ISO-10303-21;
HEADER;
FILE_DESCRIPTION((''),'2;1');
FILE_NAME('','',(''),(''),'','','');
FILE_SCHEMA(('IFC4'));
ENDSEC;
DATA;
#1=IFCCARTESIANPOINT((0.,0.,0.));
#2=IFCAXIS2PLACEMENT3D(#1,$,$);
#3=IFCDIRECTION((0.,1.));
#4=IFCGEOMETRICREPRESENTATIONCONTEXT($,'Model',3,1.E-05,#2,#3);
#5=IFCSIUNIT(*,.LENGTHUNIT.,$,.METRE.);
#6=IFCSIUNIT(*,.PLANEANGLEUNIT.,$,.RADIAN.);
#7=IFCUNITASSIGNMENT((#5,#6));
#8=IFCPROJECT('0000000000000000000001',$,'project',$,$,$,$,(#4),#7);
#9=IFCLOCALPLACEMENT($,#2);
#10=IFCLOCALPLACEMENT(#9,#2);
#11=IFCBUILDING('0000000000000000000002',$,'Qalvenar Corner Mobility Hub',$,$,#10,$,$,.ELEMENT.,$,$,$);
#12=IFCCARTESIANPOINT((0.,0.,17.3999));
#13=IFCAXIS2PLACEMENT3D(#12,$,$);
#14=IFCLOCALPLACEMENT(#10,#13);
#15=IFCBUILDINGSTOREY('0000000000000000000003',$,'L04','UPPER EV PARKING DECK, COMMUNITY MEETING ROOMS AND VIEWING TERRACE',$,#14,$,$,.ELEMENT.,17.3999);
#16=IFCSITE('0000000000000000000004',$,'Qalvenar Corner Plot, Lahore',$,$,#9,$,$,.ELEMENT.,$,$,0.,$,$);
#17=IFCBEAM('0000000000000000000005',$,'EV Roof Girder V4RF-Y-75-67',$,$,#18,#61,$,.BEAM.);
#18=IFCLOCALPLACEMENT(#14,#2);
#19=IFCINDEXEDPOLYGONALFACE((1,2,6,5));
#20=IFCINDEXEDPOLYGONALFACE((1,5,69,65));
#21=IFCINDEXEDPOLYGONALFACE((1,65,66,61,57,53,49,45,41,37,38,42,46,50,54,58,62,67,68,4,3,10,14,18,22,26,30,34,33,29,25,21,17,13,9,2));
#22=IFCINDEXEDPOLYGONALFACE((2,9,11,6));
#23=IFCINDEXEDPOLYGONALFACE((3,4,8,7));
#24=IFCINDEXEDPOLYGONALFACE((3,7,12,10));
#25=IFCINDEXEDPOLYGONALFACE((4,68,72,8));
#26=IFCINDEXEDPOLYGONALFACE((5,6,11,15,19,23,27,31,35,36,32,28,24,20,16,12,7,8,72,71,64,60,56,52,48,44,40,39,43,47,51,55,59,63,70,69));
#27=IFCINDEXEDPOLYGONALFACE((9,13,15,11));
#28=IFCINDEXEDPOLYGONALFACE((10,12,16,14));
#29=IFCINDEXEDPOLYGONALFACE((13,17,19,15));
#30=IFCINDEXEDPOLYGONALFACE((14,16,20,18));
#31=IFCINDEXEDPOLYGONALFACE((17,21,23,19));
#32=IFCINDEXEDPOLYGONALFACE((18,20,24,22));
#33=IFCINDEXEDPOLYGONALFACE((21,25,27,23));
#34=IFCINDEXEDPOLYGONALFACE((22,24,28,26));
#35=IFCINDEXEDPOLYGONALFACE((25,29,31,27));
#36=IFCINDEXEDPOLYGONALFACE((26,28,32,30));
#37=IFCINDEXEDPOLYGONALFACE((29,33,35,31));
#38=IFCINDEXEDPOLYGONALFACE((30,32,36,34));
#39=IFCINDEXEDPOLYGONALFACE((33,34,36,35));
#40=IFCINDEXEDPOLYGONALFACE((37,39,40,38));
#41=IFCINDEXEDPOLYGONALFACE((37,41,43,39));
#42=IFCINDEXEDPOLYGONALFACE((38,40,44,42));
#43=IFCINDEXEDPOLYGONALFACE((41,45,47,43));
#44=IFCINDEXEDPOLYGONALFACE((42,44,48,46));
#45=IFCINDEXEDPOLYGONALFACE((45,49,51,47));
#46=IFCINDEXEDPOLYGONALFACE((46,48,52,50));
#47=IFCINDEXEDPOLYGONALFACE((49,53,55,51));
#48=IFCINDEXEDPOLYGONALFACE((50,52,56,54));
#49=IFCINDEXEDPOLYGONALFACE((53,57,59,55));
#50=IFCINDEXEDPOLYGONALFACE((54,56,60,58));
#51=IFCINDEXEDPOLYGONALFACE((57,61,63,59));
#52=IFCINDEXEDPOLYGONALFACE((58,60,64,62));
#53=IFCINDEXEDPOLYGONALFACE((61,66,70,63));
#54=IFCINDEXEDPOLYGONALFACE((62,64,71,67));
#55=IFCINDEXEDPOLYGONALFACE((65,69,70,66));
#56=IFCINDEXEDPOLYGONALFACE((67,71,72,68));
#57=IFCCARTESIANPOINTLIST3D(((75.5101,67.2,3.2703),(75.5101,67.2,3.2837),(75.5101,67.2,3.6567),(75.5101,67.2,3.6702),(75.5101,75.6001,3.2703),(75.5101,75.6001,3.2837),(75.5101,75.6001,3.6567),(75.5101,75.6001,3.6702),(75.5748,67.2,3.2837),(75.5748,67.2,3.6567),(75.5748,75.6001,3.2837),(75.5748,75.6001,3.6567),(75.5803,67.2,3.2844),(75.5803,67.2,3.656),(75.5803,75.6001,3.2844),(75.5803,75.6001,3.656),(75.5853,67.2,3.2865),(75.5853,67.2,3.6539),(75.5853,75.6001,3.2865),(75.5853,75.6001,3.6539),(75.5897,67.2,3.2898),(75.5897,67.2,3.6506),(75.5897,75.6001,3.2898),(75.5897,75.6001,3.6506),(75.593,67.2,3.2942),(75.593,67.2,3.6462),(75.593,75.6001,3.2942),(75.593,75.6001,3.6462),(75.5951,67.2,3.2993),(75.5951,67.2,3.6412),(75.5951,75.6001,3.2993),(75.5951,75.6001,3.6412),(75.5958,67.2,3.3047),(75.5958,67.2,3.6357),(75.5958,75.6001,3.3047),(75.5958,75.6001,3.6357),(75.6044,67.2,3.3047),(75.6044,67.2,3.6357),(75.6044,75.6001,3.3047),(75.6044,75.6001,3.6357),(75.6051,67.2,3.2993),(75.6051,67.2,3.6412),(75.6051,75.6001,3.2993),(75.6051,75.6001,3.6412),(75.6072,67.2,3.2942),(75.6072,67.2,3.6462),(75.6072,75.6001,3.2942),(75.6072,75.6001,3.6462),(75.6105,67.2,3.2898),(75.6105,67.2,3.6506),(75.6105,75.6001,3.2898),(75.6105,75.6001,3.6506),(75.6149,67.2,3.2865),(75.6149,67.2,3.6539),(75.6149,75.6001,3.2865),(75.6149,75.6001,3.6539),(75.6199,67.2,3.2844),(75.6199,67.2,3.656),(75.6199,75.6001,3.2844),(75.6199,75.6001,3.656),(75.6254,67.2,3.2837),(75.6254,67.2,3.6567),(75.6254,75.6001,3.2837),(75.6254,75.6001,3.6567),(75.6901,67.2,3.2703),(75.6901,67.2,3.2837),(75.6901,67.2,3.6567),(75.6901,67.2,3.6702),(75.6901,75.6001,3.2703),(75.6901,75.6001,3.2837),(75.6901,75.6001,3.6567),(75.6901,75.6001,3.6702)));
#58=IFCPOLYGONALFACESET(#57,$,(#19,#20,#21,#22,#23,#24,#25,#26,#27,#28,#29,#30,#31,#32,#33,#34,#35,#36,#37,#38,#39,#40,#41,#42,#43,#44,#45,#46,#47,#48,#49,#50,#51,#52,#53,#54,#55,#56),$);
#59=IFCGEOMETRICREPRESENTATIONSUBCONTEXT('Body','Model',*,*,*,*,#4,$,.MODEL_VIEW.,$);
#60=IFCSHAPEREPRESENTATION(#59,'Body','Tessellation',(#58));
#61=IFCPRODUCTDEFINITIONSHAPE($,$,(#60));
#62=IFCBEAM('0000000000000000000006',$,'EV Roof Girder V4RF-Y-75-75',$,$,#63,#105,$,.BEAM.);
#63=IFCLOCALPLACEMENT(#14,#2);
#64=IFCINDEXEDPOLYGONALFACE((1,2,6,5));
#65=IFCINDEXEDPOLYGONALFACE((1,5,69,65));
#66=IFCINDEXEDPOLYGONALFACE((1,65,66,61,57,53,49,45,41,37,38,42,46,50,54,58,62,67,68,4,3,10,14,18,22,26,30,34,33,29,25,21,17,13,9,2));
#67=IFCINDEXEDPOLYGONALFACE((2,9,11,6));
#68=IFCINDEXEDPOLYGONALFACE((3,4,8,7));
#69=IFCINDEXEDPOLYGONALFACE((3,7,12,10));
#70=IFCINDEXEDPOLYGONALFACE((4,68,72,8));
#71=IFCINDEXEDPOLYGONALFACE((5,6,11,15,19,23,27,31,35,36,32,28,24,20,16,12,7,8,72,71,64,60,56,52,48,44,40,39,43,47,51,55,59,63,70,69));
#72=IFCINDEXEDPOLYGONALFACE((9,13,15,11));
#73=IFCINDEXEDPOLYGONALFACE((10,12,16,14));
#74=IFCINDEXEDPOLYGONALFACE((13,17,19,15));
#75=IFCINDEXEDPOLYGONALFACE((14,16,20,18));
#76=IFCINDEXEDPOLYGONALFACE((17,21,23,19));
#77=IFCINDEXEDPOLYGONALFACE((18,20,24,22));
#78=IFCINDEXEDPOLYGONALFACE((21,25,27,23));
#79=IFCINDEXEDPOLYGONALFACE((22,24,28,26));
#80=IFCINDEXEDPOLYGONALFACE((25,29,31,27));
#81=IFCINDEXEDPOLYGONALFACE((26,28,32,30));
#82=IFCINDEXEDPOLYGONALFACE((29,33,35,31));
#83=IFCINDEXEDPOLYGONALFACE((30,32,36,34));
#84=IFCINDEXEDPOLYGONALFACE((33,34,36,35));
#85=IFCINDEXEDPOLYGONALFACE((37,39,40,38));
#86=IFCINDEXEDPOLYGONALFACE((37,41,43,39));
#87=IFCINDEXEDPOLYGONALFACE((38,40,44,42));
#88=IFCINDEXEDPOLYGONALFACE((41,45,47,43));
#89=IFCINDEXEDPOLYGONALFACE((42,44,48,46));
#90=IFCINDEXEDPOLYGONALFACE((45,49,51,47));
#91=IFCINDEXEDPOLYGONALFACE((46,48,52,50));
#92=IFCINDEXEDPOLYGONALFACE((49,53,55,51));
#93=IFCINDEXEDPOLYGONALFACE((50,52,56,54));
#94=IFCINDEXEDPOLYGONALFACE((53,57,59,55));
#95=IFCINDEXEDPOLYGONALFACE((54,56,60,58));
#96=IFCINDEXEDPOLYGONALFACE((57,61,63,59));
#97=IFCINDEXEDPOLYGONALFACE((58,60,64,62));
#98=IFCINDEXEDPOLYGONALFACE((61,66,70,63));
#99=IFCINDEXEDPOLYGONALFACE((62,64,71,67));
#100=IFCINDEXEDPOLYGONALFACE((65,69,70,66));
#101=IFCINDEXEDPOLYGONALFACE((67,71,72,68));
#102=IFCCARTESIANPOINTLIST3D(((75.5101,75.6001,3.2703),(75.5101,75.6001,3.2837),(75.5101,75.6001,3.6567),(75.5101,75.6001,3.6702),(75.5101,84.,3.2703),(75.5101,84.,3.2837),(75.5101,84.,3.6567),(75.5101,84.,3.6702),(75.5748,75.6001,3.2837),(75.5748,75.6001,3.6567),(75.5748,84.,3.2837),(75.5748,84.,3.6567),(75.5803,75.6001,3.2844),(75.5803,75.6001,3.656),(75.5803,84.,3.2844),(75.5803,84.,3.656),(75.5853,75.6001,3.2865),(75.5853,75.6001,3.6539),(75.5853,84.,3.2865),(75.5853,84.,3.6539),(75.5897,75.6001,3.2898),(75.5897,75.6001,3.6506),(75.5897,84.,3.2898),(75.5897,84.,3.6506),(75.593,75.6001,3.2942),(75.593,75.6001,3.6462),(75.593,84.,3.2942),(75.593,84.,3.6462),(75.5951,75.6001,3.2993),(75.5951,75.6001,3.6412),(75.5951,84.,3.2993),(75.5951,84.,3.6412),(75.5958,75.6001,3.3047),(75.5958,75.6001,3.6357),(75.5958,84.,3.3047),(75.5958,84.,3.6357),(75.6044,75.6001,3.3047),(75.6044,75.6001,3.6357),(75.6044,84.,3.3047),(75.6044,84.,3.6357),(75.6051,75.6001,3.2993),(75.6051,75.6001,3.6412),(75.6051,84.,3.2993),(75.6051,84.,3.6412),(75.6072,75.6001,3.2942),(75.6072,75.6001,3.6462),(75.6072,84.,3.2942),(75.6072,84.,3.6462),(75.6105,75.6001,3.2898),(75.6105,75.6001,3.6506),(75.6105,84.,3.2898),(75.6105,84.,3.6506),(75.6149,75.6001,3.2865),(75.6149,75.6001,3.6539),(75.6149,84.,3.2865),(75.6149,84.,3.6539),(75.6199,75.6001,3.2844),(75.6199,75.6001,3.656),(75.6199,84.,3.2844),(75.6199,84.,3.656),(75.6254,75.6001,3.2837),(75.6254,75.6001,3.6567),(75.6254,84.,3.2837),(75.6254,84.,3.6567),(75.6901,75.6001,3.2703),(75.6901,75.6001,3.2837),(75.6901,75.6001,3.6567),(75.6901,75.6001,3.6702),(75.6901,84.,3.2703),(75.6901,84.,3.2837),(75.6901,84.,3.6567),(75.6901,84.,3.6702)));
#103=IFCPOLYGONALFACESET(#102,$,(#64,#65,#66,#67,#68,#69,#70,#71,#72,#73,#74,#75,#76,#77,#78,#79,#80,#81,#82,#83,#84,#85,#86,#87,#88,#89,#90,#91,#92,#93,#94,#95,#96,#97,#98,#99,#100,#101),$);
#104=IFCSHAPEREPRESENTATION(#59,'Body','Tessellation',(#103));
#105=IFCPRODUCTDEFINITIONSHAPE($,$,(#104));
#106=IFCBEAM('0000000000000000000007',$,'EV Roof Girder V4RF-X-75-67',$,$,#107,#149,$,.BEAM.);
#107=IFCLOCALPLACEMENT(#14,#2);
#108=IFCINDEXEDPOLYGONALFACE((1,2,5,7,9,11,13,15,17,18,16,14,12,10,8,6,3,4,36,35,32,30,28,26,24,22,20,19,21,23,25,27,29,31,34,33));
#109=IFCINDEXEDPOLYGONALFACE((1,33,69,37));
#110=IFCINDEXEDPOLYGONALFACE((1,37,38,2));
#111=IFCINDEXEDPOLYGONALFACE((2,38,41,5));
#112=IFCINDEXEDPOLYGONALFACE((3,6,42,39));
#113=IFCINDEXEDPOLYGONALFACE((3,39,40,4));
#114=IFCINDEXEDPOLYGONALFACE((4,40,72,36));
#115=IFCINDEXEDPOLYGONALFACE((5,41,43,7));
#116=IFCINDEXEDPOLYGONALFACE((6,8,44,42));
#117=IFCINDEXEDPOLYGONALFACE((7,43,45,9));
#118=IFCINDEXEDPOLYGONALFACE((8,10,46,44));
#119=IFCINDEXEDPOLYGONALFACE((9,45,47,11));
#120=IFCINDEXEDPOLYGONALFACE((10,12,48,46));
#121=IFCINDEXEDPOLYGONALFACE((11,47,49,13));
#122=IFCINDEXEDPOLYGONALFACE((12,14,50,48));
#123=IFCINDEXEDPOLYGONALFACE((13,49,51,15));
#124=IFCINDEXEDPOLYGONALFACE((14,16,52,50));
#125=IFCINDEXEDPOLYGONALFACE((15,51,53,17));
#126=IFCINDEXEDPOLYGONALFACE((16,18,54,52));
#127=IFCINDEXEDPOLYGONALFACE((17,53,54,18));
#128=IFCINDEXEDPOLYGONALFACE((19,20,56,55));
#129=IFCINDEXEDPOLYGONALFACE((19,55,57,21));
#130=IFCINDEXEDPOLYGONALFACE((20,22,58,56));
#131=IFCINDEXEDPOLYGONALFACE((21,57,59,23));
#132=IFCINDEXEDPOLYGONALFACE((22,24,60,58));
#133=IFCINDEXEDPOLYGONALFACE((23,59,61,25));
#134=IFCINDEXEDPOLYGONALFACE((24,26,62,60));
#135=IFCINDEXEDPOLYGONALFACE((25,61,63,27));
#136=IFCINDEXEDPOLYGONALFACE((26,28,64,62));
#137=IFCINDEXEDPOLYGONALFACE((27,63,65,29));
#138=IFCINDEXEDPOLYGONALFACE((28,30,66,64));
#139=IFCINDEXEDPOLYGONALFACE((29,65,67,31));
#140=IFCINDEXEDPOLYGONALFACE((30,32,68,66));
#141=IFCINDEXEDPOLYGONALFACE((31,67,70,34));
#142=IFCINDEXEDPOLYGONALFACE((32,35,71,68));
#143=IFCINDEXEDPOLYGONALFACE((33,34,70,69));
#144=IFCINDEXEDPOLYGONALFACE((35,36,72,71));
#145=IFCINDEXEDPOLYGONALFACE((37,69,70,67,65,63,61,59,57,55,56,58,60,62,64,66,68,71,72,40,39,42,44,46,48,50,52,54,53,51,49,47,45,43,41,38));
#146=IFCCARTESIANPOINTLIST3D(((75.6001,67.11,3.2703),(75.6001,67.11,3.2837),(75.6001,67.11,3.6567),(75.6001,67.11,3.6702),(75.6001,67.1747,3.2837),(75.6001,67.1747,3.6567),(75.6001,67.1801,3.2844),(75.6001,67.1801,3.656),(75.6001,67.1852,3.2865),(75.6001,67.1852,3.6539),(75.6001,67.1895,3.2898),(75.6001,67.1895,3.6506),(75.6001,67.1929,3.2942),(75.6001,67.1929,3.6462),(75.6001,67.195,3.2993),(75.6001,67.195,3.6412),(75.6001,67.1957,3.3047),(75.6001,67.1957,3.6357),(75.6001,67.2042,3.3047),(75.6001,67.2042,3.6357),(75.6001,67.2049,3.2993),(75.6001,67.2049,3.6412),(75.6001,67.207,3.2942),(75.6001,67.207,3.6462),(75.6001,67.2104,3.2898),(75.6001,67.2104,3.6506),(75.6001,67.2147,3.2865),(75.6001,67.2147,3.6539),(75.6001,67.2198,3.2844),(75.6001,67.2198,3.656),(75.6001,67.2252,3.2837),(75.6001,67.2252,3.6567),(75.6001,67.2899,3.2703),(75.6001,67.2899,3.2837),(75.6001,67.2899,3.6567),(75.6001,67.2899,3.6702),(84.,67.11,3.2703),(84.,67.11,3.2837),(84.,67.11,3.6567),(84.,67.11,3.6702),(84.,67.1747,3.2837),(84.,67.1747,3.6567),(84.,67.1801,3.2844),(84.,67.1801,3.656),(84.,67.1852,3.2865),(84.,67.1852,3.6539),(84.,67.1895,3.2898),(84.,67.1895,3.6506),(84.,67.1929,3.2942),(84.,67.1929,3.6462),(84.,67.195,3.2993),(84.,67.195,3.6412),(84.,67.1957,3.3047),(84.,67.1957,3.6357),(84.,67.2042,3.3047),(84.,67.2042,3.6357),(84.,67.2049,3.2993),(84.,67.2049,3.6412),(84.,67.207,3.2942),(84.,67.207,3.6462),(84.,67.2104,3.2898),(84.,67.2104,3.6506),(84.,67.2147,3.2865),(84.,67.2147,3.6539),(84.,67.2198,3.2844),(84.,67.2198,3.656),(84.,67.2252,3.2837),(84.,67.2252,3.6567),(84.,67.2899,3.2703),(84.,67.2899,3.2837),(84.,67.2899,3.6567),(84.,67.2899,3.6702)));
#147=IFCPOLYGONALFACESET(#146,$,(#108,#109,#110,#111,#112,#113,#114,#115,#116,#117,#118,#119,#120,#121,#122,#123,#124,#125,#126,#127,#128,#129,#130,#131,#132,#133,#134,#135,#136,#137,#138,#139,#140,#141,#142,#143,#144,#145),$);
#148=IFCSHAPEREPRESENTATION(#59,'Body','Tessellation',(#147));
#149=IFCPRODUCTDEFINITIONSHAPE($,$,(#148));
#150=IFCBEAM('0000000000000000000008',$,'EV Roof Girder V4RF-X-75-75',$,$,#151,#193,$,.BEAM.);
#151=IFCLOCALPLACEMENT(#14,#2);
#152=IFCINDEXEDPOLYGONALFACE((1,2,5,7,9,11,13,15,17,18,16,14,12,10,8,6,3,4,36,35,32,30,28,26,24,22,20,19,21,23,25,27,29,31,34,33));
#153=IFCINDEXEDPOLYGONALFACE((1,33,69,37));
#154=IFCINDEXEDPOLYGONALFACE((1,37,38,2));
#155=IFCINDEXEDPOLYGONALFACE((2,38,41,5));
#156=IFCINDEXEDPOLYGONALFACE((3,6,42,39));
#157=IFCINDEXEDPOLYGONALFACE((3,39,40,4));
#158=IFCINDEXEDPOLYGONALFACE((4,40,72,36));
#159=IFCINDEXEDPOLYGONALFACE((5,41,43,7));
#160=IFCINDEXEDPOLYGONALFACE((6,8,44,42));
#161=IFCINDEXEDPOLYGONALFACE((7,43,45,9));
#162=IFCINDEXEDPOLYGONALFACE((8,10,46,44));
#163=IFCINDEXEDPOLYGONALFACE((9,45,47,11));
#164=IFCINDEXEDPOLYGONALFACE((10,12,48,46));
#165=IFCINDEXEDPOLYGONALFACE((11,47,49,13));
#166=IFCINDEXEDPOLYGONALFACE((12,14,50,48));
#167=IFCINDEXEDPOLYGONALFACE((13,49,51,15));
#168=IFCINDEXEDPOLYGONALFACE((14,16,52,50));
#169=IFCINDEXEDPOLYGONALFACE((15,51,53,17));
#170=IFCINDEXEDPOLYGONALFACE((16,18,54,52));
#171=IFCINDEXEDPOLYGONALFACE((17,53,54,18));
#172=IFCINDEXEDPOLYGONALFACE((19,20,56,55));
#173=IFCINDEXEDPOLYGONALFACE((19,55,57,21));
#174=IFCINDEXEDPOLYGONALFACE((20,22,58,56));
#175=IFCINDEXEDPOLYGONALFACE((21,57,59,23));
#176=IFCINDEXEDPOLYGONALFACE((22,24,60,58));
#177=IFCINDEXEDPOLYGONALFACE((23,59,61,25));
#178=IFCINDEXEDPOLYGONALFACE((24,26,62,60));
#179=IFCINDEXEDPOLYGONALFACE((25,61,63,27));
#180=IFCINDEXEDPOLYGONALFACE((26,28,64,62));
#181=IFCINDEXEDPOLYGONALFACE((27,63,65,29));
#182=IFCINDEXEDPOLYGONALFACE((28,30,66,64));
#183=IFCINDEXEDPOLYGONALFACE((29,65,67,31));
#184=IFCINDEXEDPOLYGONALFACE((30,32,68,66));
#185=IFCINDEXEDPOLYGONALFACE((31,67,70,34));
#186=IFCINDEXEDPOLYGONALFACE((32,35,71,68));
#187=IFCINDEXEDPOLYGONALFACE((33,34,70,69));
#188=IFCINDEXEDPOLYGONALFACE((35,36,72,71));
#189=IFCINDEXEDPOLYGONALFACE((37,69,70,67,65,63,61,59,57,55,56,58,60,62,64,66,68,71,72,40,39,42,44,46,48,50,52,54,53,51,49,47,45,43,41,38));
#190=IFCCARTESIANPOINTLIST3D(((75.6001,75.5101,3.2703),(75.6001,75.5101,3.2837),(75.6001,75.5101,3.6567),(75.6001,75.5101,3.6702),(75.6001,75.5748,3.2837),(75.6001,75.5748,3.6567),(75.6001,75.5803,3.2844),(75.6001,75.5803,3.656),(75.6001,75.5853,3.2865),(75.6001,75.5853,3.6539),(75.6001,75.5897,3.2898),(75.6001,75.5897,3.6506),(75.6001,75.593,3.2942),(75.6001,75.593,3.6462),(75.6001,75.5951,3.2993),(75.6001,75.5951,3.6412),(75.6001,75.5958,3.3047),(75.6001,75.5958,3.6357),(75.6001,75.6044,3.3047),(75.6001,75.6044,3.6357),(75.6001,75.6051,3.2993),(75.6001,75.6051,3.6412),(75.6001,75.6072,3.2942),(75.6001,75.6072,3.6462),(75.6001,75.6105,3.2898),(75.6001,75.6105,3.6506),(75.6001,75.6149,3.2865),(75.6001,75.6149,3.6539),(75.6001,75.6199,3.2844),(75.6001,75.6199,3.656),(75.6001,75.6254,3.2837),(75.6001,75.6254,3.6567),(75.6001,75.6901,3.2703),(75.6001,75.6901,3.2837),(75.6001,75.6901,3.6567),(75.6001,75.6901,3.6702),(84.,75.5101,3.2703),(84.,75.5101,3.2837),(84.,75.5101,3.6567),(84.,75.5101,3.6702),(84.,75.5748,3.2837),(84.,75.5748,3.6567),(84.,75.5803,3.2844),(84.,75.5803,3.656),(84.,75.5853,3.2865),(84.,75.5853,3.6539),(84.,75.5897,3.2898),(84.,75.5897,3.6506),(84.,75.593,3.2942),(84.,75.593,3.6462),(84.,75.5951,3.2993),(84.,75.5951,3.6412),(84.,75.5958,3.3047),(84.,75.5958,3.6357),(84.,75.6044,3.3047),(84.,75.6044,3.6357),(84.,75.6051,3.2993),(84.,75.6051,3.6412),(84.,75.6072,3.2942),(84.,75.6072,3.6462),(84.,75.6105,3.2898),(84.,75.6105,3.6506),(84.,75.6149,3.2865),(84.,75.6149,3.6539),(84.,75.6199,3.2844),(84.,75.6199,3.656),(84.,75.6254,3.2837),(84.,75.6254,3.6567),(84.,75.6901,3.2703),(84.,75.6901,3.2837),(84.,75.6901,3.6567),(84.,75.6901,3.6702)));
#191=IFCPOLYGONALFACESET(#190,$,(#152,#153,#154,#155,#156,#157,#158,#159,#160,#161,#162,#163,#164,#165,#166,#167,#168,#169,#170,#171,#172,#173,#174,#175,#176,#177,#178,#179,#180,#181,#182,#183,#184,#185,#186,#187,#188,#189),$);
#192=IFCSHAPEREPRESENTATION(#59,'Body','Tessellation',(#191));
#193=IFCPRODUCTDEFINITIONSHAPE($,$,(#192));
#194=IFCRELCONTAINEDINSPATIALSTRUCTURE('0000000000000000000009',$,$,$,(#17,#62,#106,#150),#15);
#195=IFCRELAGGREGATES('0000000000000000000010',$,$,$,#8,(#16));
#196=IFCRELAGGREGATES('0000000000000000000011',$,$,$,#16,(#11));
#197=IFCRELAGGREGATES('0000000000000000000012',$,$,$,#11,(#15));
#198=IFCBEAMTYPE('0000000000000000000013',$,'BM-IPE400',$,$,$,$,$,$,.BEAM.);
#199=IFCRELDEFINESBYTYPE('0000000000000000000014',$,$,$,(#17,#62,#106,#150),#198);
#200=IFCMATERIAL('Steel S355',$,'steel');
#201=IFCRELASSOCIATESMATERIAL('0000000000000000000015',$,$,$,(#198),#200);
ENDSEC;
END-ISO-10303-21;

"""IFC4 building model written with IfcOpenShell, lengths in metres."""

from ifc_helpers import new_model, si_unit, direction, frame, origin, origin_2d, place, context, subcontext, project, spatial, i_section, extrude, material, material_profile, profile_set, type_object, element, save


model = new_model("IFC4")

# Units and contexts
model_context = context("Model", 3, precision=1e-05, world=origin(), true_north=direction((0.0, 1.0)))
body_context = subcontext(model_context, "Body", "Model", "MODEL_VIEW")
ifc_project = project(units=[si_unit("LENGTHUNIT", "METRE"), si_unit("PLANEANGLEUNIT", "RADIAN")], contexts=[model_context])

# Site, building, storey
site_placement = place(None, origin())
site = spatial("IfcSite", under=ifc_project, at=site_placement, Name="Qalvenar Corner Plot, Lahore", CompositionType="ELEMENT", RefElevation=0.0)
building_placement = place(site_placement, origin())
building = spatial("IfcBuilding", under=site, at=building_placement, Name="Qalvenar Corner Mobility Hub", CompositionType="ELEMENT")
storey_placement = place(building_placement, frame((0.0, 0.0, 17.3999)))
storey = spatial("IfcBuildingStorey", under=building, at=storey_placement, Name="L04", Description="UPPER EV PARKING DECK, COMMUNITY MEETING ROOMS AND VIEWING TERRACE", CompositionType="ELEMENT", Elevation=17.3999)

# Shared definitions
ifc_material = material(Name="Steel S355", Category="steel")

# Beams
ifc_material_profile_1 = material_profile(ifc_material, i_section(OverallWidth=0.1799, OverallDepth=0.3999, WebThickness=0.0085, FlangeThickness=0.0134, FilletRadius=0.021, at=origin_2d()), Name="IPE400")
ifc_profile_set_1 = profile_set([ifc_material_profile_1], Name="Steel S355")
beam_type_1 = type_object("IfcBeamType", Name="BM-IPE400", PredefinedType="BEAM", material=ifc_profile_set_1)
beam_1_placement = place(storey_placement, frame((75.6001, 67.2, 3.4702), z_axis=(0.0, 1.0, 0.0), x_axis=(-1.0, 0.0, 0.0)))
element("IfcBeam", 1, at=beam_1_placement, inside=storey, type_object=beam_type_1, Name="EV Roof Girder V4RF-Y-75-67", PredefinedType="BEAM", context=body_context, shape_type="SweptSolid", body=[
    extrude(i_section(OverallWidth=0.1799, OverallDepth=0.3999, WebThickness=0.0085, FlangeThickness=0.0134, FilletRadius=0.021, at=origin_2d()), origin(), (0.0, 0.0, 1.0), 8.4001),
])
for number, where, z_axis, x_axis, name in (
    (2, (75.6001, 75.6001, 3.4702), (0.0, 1.0, 0.0), (-1.0, 0.0, 0.0), "EV Roof Girder V4RF-Y-75-75"),
    (3, (75.6001, 67.2, 3.4702), (1.0, 0.0, 0.0), (0.0, 1.0, 0.0), "EV Roof Girder V4RF-X-75-67"),
    (4, (75.6001, 75.6001, 3.4702), (1.0, 0.0, 0.0), (0.0, 1.0, 0.0), "EV Roof Girder V4RF-X-75-75"),
):
    element("IfcBeam", number, at=place(storey_placement, frame(where, z_axis=z_axis, x_axis=x_axis)), inside=storey, type_object=beam_type_1, Name=name, PredefinedType="BEAM", context=body_context, shape_type="SweptSolid", body=[
        extrude(i_section(OverallWidth=0.1799, OverallDepth=0.3999, WebThickness=0.0085, FlangeThickness=0.0134, FilletRadius=0.021, at=origin_2d()), origin(), (0.0, 0.0, 1.0), 8.3999),
    ])

save(model, "model.ifc")
